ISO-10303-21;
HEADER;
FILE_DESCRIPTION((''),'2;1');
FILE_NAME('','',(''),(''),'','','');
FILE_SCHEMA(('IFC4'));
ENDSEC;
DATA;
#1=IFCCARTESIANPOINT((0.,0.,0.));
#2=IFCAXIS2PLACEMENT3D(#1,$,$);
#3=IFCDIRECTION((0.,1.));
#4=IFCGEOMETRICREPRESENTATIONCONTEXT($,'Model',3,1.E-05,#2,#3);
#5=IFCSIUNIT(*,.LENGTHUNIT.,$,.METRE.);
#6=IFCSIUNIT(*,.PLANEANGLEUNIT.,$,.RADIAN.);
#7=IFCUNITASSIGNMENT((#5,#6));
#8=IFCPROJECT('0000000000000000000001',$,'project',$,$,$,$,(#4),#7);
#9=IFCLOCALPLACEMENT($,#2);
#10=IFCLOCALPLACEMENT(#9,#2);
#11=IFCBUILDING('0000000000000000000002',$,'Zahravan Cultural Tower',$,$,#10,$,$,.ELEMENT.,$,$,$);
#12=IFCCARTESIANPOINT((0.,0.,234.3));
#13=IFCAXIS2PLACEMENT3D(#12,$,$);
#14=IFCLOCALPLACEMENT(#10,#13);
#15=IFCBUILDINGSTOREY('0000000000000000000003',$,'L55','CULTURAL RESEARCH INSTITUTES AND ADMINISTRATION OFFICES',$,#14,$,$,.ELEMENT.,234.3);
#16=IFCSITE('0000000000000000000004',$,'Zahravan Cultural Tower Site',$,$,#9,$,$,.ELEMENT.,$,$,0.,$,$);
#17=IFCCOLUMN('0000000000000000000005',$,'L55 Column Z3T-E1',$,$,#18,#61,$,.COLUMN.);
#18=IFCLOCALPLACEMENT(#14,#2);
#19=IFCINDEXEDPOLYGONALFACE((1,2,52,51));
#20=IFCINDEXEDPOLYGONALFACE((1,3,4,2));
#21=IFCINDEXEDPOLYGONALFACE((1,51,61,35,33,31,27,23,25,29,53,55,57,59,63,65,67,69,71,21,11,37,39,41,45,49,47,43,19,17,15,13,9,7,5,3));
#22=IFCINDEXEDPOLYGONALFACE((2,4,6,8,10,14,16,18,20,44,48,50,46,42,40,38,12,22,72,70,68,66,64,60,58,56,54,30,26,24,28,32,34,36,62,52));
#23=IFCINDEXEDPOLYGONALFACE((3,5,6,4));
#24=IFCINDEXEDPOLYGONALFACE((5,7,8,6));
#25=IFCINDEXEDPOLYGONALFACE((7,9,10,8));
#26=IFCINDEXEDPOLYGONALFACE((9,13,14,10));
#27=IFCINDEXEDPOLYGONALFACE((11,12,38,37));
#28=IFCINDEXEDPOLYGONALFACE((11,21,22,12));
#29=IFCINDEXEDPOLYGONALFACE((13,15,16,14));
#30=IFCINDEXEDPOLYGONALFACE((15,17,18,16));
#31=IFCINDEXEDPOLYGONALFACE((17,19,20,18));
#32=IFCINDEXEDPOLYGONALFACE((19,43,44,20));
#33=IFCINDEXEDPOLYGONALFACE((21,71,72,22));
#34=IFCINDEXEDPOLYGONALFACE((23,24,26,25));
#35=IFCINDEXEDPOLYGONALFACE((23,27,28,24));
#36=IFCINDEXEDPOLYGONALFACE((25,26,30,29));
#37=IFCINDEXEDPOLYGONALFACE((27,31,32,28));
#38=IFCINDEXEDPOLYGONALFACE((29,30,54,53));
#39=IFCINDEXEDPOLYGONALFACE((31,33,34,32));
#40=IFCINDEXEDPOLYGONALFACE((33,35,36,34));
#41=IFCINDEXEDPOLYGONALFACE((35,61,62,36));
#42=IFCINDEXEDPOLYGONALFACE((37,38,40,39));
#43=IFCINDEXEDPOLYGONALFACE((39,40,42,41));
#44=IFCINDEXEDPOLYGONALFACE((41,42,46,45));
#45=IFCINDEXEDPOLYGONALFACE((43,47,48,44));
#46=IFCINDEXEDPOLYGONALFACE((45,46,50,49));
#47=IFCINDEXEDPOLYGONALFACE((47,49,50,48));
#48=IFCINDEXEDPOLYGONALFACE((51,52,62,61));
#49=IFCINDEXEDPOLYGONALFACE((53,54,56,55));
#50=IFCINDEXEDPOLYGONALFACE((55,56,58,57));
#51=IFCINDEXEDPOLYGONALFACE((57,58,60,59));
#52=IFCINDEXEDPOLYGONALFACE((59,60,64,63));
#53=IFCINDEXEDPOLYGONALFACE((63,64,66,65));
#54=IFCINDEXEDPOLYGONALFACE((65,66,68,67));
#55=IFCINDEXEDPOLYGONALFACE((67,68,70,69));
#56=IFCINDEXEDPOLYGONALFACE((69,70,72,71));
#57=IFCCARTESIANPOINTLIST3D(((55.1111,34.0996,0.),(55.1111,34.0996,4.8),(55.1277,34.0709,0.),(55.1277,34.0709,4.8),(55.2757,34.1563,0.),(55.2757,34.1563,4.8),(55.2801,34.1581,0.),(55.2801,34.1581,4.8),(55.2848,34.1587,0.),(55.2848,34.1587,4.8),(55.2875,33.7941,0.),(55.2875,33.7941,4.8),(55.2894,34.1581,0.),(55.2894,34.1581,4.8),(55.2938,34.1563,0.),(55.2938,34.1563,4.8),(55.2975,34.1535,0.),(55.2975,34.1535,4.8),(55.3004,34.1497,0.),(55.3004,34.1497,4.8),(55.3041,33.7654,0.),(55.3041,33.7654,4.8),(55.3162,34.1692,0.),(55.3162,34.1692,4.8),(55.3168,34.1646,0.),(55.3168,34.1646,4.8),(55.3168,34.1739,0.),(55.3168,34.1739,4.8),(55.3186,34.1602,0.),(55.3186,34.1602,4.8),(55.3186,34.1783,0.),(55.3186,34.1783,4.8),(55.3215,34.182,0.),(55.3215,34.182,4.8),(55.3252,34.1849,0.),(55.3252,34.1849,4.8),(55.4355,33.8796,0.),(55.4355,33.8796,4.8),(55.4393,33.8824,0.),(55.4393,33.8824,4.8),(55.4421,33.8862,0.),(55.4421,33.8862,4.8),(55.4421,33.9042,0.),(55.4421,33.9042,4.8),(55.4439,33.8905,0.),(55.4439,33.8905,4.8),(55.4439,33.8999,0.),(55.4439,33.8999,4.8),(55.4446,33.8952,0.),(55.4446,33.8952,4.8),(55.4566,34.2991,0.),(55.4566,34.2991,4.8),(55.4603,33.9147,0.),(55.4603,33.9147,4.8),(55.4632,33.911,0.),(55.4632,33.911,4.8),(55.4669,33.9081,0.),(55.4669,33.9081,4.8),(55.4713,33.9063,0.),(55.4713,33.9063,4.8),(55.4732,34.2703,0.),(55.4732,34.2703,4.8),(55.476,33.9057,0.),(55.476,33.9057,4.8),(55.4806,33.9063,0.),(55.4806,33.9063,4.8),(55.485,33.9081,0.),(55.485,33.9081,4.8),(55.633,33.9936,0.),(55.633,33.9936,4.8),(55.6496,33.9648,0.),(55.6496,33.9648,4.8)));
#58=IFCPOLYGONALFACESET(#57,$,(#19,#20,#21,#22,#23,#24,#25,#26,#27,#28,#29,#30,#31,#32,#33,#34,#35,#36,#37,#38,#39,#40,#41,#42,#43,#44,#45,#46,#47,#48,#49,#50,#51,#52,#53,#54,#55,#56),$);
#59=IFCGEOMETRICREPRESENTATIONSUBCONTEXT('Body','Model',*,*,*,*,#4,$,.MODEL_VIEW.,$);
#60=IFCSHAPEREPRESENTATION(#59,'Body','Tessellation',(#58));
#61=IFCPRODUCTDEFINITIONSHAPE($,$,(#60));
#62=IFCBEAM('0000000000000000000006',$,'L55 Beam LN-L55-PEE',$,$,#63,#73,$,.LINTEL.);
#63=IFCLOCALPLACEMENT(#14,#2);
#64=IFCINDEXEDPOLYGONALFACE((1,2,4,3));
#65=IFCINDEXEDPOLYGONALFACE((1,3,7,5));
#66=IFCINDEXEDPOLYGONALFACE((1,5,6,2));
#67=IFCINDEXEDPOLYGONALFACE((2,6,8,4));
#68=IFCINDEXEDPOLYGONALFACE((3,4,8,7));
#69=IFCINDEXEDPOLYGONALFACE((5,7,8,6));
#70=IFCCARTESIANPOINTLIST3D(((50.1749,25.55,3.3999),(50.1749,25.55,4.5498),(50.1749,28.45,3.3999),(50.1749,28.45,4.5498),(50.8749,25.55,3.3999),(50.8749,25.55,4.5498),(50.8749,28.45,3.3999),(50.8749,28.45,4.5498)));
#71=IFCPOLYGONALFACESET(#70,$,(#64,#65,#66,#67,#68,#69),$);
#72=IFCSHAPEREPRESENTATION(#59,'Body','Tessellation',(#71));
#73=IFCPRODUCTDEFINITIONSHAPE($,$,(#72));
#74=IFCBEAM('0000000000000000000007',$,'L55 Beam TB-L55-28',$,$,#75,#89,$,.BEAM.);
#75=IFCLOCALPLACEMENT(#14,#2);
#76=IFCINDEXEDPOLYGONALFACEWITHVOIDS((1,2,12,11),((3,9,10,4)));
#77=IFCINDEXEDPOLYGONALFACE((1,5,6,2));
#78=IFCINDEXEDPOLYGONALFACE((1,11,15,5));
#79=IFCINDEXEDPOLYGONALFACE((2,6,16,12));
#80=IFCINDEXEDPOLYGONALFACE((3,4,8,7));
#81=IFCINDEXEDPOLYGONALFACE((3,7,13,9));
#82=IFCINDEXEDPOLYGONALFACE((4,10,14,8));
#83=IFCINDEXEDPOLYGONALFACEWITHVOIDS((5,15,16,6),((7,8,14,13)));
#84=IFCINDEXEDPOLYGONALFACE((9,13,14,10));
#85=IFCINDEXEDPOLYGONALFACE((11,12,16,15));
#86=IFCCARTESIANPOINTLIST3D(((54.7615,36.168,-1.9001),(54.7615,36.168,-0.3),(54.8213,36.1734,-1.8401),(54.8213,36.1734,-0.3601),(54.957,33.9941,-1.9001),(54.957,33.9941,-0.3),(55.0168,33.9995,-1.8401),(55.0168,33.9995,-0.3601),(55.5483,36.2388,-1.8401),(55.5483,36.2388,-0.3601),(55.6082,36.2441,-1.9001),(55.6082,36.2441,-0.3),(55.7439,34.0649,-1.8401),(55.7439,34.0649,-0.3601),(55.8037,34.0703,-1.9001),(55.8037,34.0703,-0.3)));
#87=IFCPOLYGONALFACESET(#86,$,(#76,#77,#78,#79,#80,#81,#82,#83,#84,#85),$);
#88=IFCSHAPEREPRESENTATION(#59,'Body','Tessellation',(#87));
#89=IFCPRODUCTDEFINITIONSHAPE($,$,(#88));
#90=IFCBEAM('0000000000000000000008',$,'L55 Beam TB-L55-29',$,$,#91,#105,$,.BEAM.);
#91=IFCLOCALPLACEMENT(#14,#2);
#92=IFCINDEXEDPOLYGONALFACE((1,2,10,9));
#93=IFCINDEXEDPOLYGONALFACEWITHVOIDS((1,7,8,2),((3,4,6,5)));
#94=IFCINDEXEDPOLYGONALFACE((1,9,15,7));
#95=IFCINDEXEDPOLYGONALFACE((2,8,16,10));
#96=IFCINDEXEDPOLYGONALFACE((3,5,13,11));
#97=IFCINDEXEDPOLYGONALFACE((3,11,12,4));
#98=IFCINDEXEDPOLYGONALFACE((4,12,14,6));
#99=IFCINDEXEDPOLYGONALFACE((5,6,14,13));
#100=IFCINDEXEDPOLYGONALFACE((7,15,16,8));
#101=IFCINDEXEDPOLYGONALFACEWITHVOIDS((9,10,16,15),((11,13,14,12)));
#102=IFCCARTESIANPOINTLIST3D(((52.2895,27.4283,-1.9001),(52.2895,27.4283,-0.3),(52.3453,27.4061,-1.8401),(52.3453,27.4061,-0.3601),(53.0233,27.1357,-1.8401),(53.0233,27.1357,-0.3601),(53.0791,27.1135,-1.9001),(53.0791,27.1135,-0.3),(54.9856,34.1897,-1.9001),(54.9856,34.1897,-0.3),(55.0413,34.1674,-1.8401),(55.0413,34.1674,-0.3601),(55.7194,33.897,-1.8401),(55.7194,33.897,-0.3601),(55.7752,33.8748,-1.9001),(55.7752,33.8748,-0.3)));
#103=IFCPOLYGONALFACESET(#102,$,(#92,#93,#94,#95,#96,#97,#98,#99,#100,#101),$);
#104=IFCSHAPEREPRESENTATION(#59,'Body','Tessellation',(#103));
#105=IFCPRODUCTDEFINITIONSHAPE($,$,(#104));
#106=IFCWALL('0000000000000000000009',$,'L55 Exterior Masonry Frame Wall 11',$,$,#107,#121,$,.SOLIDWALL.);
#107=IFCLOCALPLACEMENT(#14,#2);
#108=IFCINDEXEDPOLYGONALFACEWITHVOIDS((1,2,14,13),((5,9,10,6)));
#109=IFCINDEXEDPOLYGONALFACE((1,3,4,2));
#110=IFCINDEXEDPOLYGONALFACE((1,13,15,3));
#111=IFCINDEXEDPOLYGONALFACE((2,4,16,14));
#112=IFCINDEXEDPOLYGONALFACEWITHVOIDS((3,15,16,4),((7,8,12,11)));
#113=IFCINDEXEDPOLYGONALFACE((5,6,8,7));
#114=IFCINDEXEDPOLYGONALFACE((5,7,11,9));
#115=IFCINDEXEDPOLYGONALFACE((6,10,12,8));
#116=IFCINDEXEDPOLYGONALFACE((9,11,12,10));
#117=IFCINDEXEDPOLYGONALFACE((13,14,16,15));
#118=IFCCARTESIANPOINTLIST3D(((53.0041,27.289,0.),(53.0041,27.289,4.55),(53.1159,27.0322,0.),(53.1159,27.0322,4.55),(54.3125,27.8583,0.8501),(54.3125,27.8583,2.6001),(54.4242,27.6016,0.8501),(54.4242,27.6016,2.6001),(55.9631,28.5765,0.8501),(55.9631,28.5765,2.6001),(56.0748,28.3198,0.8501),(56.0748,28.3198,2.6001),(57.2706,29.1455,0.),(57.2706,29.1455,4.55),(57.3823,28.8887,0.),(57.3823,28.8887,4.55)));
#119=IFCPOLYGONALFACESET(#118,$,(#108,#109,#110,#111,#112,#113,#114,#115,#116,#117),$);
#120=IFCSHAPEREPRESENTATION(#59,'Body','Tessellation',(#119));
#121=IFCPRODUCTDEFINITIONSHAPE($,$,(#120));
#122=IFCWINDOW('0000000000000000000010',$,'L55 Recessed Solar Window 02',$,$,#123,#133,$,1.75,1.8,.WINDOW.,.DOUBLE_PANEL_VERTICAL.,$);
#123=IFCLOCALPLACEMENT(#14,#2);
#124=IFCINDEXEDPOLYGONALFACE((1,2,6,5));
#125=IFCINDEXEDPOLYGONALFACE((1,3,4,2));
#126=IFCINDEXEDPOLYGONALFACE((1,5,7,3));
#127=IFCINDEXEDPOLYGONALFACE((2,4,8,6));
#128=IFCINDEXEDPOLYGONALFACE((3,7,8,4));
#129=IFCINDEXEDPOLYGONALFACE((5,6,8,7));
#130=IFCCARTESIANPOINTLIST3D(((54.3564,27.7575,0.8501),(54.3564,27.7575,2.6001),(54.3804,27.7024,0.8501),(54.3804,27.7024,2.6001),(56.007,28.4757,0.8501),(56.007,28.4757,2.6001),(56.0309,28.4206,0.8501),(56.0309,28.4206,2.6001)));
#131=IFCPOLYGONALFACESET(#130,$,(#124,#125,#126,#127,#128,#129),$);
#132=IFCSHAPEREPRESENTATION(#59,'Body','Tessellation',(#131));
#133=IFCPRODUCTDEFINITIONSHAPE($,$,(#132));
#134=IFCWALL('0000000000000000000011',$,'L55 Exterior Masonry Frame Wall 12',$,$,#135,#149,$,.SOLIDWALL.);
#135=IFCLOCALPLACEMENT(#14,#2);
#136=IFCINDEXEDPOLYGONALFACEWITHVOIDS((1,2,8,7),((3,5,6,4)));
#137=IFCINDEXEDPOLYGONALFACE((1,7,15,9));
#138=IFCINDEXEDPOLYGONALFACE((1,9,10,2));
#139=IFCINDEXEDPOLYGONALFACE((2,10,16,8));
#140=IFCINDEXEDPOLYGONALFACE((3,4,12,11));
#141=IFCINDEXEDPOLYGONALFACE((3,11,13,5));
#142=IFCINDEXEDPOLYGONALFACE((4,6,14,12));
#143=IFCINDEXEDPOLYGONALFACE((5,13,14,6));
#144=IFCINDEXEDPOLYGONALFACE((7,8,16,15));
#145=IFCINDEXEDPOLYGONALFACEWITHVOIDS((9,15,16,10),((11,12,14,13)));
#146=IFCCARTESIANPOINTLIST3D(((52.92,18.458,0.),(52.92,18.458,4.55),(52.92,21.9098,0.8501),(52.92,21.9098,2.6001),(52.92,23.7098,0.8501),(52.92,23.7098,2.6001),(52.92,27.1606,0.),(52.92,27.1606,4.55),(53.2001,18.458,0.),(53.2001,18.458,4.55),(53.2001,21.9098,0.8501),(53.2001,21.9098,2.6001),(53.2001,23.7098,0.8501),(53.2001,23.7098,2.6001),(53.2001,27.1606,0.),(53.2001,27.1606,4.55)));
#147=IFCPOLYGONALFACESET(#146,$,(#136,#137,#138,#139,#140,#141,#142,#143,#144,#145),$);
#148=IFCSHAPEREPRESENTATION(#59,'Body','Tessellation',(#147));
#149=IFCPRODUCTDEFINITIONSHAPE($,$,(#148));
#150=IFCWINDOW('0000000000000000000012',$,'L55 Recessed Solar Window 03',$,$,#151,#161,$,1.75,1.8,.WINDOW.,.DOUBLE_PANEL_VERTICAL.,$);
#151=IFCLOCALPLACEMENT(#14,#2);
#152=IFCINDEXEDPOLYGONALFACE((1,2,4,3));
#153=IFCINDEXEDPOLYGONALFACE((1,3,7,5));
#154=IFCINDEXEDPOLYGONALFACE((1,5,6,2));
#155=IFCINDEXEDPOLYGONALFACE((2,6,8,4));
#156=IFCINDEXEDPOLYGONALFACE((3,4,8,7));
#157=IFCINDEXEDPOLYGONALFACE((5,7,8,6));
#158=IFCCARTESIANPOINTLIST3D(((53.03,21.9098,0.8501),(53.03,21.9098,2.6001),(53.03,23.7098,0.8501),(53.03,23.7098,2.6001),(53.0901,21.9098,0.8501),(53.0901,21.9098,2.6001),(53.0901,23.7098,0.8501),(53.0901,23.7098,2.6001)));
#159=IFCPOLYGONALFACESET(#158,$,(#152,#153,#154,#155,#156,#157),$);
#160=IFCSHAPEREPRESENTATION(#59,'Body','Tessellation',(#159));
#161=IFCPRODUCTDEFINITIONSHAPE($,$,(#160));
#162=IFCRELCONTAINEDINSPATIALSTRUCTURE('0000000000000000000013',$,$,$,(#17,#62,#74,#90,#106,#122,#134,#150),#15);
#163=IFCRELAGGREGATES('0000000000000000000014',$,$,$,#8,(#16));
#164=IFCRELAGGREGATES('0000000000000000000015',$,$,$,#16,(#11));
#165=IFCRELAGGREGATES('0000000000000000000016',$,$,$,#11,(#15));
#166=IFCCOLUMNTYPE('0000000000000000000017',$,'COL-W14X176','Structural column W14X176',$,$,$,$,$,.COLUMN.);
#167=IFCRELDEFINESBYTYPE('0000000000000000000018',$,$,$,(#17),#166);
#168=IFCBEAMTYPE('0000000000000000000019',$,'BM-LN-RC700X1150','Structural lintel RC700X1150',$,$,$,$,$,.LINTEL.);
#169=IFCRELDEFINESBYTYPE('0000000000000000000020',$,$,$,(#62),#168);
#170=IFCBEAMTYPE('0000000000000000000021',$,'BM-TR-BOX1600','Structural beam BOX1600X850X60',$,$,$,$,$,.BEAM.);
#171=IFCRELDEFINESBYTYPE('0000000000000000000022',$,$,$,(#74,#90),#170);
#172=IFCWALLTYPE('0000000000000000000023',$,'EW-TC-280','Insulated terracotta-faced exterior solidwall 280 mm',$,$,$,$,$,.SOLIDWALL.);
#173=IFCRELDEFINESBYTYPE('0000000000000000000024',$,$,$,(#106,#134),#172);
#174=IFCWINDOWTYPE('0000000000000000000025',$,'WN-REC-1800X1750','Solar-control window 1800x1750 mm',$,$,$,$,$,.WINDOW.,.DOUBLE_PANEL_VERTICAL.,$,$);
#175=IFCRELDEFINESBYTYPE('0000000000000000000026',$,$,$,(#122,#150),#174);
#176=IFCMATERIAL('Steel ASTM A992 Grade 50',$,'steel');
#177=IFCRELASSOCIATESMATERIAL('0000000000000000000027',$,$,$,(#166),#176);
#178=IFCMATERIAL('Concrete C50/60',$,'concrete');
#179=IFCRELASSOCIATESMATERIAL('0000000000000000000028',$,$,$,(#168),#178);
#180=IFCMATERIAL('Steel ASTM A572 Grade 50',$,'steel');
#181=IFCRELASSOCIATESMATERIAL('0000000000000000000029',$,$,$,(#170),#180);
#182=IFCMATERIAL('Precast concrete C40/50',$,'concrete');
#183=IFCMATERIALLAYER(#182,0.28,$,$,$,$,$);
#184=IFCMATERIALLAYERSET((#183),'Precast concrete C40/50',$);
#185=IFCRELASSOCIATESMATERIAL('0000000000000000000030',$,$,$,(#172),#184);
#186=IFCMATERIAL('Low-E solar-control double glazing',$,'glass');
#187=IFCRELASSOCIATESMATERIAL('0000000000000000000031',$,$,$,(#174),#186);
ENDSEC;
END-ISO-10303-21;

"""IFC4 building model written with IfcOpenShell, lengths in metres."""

from ifc_helpers import new_model, si_unit, direction, frame, frame_2d, origin, origin_2d, place, context, subcontext, project, spatial, rectangle, hollow_rectangle, i_section, extrude, source, transform, mapped, material, layer, layer_set, material_profile, profile_set, type_object, element, fill, save


model = new_model("IFC4")

# Units and contexts
model_context = context("Model", 3, precision=1e-05, world=origin(), true_north=direction((0.0, 1.0)))
body_context = subcontext(model_context, "Body", "Model", "MODEL_VIEW")
ifc_project = project(units=[si_unit("LENGTHUNIT", "METRE"), si_unit("PLANEANGLEUNIT", "RADIAN")], contexts=[model_context])

# Site, building, storey
site_placement = place(None, origin())
site = spatial("IfcSite", under=ifc_project, at=site_placement, Name="Zahravan Cultural Tower Site", CompositionType="ELEMENT", RefElevation=0.0)
building_placement = place(site_placement, origin())
building = spatial("IfcBuilding", under=site, at=building_placement, Name="Zahravan Cultural Tower", CompositionType="ELEMENT")
storey_placement = place(building_placement, frame((0.0, 0.0, 234.3)))
storey = spatial("IfcBuildingStorey", under=building, at=storey_placement, Name="L55", Description="CULTURAL RESEARCH INSTITUTES AND ADMINISTRATION OFFICES", CompositionType="ELEMENT", Elevation=234.3)

# Column
ifc_material_1 = material(Name="Steel ASTM A992 Grade 50", Category="steel")
ifc_material_profile_1 = material_profile(ifc_material_1, i_section(OverallWidth=0.3989, OverallDepth=0.386, WebThickness=0.021, FlangeThickness=0.0332, FilletRadius=0.0181, at=origin_2d()), Name="W14X176")
ifc_profile_set_1 = profile_set([ifc_material_profile_1], Name="Steel ASTM A992 Grade 50")
column_type = type_object("IfcColumnType", Name="COL-W14X176", Description="Structural column W14X176", PredefinedType="COLUMN", material=ifc_profile_set_1)
shared_shape_1 = source(origin(), body_context, "Body", "SweptSolid", [
    extrude(i_section(OverallWidth=0.3989, OverallDepth=0.386, WebThickness=0.021, FlangeThickness=0.0332, FilletRadius=0.0181, at=origin_2d()), origin(), (0.0, 0.0, 1.0), 4.8),
])
column_placement = place(storey_placement, frame((55.3804, 34.0322, 0.0), z_axis=(0.0, 0.0, 1.0), x_axis=(0.866025, 0.5, 0.0)))
element("IfcColumn", 1, at=column_placement, inside=storey, type_object=column_type, Name="L55 Column Z3T-E1", PredefinedType="COLUMN", context=body_context, shape_type="MappedRepresentation", body=[
    mapped(shared_shape_1, transform((0.0, 0.0, 0.0), x_axis=(1.0, 0.0, 0.0), y_axis=(0.0, 1.0, 0.0), z_axis=(0.0, 0.0, 1.0), scale=1.0)),
])

# Beams
ifc_material_2 = material(Name="Concrete C50/60", Category="concrete")
ifc_material_profile_2 = material_profile(ifc_material_2, rectangle(XDim=0.7, YDim=1.1499, at=origin_2d()), Name="RC700X1150")
ifc_profile_set_2 = profile_set([ifc_material_profile_2], Name="Concrete C50/60")
beam_type_1 = type_object("IfcBeamType", Name="BM-LN-RC700X1150", Description="Structural lintel RC700X1150", PredefinedType="LINTEL", material=ifc_profile_set_2)
shared_shape_2 = source(origin(), body_context, "Body", "SweptSolid", [
    extrude(rectangle(XDim=0.7, YDim=1.1499, at=origin_2d()), origin(), (0.0, 0.0, 1.0), 2.8999),
])
beam_1_placement = place(storey_placement, frame((50.5249, 25.55, 3.9749), z_axis=(0.0, 1.0, 0.0), x_axis=(-1.0, 0.0, 0.0)))
element("IfcBeam", 2, at=beam_1_placement, inside=storey, type_object=beam_type_1, Name="L55 Beam LN-L55-PEE", PredefinedType="LINTEL", context=body_context, shape_type="MappedRepresentation", body=[
    mapped(shared_shape_2, transform((0.0, 0.0, 0.0), x_axis=(1.0, 0.0, 0.0), y_axis=(0.0, 1.0, 0.0), z_axis=(0.0, 0.0, 1.0), scale=1.0)),
])
ifc_material_3 = material(Name="Steel ASTM A572 Grade 50", Category="steel")
ifc_material_profile_3 = material_profile(ifc_material_3, hollow_rectangle(XDim=0.8501, YDim=1.6001, WallThickness=0.0601, at=origin_2d()), Name="BOX1600X850X60")
ifc_profile_set_3 = profile_set([ifc_material_profile_3], Name="Steel ASTM A572 Grade 50")
beam_type_2 = type_object("IfcBeamType", Name="BM-TR-BOX1600", Description="Structural beam BOX1600X850X60", PredefinedType="BEAM", material=ifc_profile_set_3)
shared_shape_3 = source(origin(), body_context, "Body", "SweptSolid", [
    extrude(hollow_rectangle(XDim=0.8501, YDim=1.6001, WallThickness=0.0601, at=origin_2d()), origin(), (0.0, 0.0, 1.0), 2.1826),
])
beam_2_placement = place(storey_placement, frame((55.3804, 34.0322, -1.1001), z_axis=(-0.089598, 0.995978, 0.0), x_axis=(-0.995978, -0.089598, 0.0)))
element("IfcBeam", 3, at=beam_2_placement, inside=storey, type_object=beam_type_2, Name="L55 Beam TB-L55-28", PredefinedType="BEAM", context=body_context, shape_type="MappedRepresentation", body=[
    mapped(shared_shape_3, transform((0.0, 0.0, 0.0), x_axis=(1.0, 0.0, 0.0), y_axis=(0.0, 1.0, 0.0), z_axis=(0.0, 0.0, 1.0), scale=1.0)),
])
shared_shape_4 = source(origin(), body_context, "Body", "SweptSolid", [
    extrude(hollow_rectangle(XDim=0.8501, YDim=1.6001, WallThickness=0.0601, at=origin_2d()), origin(), (0.0, 0.0, 1.0), 7.2791),
])
beam_3_placement = place(storey_placement, frame((55.3804, 34.0322, -1.1001), z_axis=(-0.37039, -0.928876, 0.0), x_axis=(0.928876, -0.37039, 0.0)))
element("IfcBeam", 4, at=beam_3_placement, inside=storey, type_object=beam_type_2, Name="L55 Beam TB-L55-29", PredefinedType="BEAM", context=body_context, shape_type="MappedRepresentation", body=[
    mapped(shared_shape_4, transform((0.0, 0.0, 0.0), x_axis=(1.0, 0.0, 0.0), y_axis=(0.0, 1.0, 0.0), z_axis=(0.0, 0.0, 1.0), scale=1.0)),
])

# Walls, openings, windows
ifc_material_4 = material(Name="Precast concrete C40/50", Category="concrete")
ifc_layer_1 = layer(ifc_material_4, 0.28)
ifc_layer_set_1 = layer_set([ifc_layer_1], Name="Precast concrete C40/50")
wall_type_1 = type_object("IfcWallType", Name="EW-TC-280", Description="Insulated terracotta-faced exterior solidwall 280 mm", PredefinedType="SOLIDWALL", material=ifc_layer_set_1)
wall_1_placement = place(storey_placement, frame((57.3264, 29.0171, 0.0), z_axis=(0.0, 0.0, 1.0), x_axis=(-0.916952, -0.398999, 0.0)))
wall_1 = element("IfcWall", 5, at=wall_1_placement, inside=storey, type_object=wall_type_1, Name="L55 Exterior Masonry Frame Wall 11", PredefinedType="SOLIDWALL", context=body_context, shape_type="SweptSolid", body=[
    extrude(rectangle(XDim=4.6528, YDim=0.28, at=frame_2d((2.3264, 0.0))), origin(), (0.0, 0.0, 1.0), 4.55),
])
opening_1_placement = place(wall_1_placement, frame((1.426, 0.0, 0.8501)))
opening_1 = element("IfcOpeningElement", 6, at=opening_1_placement, cuts=wall_1, PredefinedType="OPENING", context=body_context, shape_type="SweptSolid", body=[
    extrude(rectangle(XDim=1.8, YDim=1.75, at=frame_2d((0.8999, 0.875))), frame((0.0, 0.1499, 0.0), z_axis=(0.0, -1.0, 0.0), x_axis=(1.0, 0.0, 0.0)), (0.0, 0.0, 1.0), 0.3),
])
ifc_material_5 = material(Name="Low-E solar-control double glazing", Category="glass")
window_type = type_object("IfcWindowType", Name="WN-REC-1800X1750", Description="Solar-control window 1800x1750 mm", PartitioningType="DOUBLE_PANEL_VERTICAL", PredefinedType="WINDOW", material=ifc_material_5)
shared_shape_5 = source(origin(), body_context, "Body", "SweptSolid", [
    extrude(rectangle(XDim=1.8, YDim=1.75, at=frame_2d((0.8999, 0.875))), frame((0.0, 0.03, 0.0), z_axis=(0.0, -1.0, 0.0), x_axis=(1.0, 0.0, 0.0)), (0.0, 0.0, 1.0), 0.0601),
])
window_1_placement = place(opening_1_placement, origin())
window_1 = element("IfcWindow", 7, at=window_1_placement, inside=storey, type_object=window_type, Name="L55 Recessed Solar Window 02", OverallHeight=1.75, OverallWidth=1.8, PartitioningType="DOUBLE_PANEL_VERTICAL", PredefinedType="WINDOW", context=body_context, shape_type="MappedRepresentation", body=[
    mapped(shared_shape_5, transform((0.0, 0.0, 0.0), x_axis=(1.0, 0.0, 0.0), y_axis=(0.0, 1.0, 0.0), z_axis=(0.0, 0.0, 1.0), scale=1.0)),
])
fill(opening_1, window_1)
wall_2_placement = place(storey_placement, frame((53.0601, 27.1606, 0.0), z_axis=(0.0, 0.0, 1.0), x_axis=(0.0, -1.0, 0.0)))
wall_2 = element("IfcWall", 8, at=wall_2_placement, inside=storey, type_object=wall_type_1, Name="L55 Exterior Masonry Frame Wall 12", PredefinedType="SOLIDWALL", context=body_context, shape_type="SweptSolid", body=[
    extrude(rectangle(XDim=8.7026, YDim=0.28, at=frame_2d((4.3513, 0.0))), origin(), (0.0, 0.0, 1.0), 4.55),
])
opening_2_placement = place(wall_2_placement, frame((3.4509, 0.0, 0.8501)))
opening_2 = element("IfcOpeningElement", 9, at=opening_2_placement, cuts=wall_2, PredefinedType="OPENING", context=body_context, shape_type="SweptSolid", body=[
    extrude(rectangle(XDim=1.8, YDim=1.75, at=frame_2d((0.8999, 0.875))), frame((0.0, 0.1499, 0.0), z_axis=(0.0, -1.0, 0.0), x_axis=(1.0, 0.0, 0.0)), (0.0, 0.0, 1.0), 0.3),
])
window_2_placement = place(opening_2_placement, origin())
window_2 = element("IfcWindow", 10, at=window_2_placement, inside=storey, type_object=window_type, Name="L55 Recessed Solar Window 03", OverallHeight=1.75, OverallWidth=1.8, PartitioningType="DOUBLE_PANEL_VERTICAL", PredefinedType="WINDOW", context=body_context, shape_type="MappedRepresentation", body=[
    mapped(shared_shape_5, transform((0.0, 0.0, 0.0), x_axis=(1.0, 0.0, 0.0), y_axis=(0.0, 1.0, 0.0), z_axis=(0.0, 0.0, 1.0), scale=1.0)),
])
fill(opening_2, window_2)

save(model, "model.ifc")
